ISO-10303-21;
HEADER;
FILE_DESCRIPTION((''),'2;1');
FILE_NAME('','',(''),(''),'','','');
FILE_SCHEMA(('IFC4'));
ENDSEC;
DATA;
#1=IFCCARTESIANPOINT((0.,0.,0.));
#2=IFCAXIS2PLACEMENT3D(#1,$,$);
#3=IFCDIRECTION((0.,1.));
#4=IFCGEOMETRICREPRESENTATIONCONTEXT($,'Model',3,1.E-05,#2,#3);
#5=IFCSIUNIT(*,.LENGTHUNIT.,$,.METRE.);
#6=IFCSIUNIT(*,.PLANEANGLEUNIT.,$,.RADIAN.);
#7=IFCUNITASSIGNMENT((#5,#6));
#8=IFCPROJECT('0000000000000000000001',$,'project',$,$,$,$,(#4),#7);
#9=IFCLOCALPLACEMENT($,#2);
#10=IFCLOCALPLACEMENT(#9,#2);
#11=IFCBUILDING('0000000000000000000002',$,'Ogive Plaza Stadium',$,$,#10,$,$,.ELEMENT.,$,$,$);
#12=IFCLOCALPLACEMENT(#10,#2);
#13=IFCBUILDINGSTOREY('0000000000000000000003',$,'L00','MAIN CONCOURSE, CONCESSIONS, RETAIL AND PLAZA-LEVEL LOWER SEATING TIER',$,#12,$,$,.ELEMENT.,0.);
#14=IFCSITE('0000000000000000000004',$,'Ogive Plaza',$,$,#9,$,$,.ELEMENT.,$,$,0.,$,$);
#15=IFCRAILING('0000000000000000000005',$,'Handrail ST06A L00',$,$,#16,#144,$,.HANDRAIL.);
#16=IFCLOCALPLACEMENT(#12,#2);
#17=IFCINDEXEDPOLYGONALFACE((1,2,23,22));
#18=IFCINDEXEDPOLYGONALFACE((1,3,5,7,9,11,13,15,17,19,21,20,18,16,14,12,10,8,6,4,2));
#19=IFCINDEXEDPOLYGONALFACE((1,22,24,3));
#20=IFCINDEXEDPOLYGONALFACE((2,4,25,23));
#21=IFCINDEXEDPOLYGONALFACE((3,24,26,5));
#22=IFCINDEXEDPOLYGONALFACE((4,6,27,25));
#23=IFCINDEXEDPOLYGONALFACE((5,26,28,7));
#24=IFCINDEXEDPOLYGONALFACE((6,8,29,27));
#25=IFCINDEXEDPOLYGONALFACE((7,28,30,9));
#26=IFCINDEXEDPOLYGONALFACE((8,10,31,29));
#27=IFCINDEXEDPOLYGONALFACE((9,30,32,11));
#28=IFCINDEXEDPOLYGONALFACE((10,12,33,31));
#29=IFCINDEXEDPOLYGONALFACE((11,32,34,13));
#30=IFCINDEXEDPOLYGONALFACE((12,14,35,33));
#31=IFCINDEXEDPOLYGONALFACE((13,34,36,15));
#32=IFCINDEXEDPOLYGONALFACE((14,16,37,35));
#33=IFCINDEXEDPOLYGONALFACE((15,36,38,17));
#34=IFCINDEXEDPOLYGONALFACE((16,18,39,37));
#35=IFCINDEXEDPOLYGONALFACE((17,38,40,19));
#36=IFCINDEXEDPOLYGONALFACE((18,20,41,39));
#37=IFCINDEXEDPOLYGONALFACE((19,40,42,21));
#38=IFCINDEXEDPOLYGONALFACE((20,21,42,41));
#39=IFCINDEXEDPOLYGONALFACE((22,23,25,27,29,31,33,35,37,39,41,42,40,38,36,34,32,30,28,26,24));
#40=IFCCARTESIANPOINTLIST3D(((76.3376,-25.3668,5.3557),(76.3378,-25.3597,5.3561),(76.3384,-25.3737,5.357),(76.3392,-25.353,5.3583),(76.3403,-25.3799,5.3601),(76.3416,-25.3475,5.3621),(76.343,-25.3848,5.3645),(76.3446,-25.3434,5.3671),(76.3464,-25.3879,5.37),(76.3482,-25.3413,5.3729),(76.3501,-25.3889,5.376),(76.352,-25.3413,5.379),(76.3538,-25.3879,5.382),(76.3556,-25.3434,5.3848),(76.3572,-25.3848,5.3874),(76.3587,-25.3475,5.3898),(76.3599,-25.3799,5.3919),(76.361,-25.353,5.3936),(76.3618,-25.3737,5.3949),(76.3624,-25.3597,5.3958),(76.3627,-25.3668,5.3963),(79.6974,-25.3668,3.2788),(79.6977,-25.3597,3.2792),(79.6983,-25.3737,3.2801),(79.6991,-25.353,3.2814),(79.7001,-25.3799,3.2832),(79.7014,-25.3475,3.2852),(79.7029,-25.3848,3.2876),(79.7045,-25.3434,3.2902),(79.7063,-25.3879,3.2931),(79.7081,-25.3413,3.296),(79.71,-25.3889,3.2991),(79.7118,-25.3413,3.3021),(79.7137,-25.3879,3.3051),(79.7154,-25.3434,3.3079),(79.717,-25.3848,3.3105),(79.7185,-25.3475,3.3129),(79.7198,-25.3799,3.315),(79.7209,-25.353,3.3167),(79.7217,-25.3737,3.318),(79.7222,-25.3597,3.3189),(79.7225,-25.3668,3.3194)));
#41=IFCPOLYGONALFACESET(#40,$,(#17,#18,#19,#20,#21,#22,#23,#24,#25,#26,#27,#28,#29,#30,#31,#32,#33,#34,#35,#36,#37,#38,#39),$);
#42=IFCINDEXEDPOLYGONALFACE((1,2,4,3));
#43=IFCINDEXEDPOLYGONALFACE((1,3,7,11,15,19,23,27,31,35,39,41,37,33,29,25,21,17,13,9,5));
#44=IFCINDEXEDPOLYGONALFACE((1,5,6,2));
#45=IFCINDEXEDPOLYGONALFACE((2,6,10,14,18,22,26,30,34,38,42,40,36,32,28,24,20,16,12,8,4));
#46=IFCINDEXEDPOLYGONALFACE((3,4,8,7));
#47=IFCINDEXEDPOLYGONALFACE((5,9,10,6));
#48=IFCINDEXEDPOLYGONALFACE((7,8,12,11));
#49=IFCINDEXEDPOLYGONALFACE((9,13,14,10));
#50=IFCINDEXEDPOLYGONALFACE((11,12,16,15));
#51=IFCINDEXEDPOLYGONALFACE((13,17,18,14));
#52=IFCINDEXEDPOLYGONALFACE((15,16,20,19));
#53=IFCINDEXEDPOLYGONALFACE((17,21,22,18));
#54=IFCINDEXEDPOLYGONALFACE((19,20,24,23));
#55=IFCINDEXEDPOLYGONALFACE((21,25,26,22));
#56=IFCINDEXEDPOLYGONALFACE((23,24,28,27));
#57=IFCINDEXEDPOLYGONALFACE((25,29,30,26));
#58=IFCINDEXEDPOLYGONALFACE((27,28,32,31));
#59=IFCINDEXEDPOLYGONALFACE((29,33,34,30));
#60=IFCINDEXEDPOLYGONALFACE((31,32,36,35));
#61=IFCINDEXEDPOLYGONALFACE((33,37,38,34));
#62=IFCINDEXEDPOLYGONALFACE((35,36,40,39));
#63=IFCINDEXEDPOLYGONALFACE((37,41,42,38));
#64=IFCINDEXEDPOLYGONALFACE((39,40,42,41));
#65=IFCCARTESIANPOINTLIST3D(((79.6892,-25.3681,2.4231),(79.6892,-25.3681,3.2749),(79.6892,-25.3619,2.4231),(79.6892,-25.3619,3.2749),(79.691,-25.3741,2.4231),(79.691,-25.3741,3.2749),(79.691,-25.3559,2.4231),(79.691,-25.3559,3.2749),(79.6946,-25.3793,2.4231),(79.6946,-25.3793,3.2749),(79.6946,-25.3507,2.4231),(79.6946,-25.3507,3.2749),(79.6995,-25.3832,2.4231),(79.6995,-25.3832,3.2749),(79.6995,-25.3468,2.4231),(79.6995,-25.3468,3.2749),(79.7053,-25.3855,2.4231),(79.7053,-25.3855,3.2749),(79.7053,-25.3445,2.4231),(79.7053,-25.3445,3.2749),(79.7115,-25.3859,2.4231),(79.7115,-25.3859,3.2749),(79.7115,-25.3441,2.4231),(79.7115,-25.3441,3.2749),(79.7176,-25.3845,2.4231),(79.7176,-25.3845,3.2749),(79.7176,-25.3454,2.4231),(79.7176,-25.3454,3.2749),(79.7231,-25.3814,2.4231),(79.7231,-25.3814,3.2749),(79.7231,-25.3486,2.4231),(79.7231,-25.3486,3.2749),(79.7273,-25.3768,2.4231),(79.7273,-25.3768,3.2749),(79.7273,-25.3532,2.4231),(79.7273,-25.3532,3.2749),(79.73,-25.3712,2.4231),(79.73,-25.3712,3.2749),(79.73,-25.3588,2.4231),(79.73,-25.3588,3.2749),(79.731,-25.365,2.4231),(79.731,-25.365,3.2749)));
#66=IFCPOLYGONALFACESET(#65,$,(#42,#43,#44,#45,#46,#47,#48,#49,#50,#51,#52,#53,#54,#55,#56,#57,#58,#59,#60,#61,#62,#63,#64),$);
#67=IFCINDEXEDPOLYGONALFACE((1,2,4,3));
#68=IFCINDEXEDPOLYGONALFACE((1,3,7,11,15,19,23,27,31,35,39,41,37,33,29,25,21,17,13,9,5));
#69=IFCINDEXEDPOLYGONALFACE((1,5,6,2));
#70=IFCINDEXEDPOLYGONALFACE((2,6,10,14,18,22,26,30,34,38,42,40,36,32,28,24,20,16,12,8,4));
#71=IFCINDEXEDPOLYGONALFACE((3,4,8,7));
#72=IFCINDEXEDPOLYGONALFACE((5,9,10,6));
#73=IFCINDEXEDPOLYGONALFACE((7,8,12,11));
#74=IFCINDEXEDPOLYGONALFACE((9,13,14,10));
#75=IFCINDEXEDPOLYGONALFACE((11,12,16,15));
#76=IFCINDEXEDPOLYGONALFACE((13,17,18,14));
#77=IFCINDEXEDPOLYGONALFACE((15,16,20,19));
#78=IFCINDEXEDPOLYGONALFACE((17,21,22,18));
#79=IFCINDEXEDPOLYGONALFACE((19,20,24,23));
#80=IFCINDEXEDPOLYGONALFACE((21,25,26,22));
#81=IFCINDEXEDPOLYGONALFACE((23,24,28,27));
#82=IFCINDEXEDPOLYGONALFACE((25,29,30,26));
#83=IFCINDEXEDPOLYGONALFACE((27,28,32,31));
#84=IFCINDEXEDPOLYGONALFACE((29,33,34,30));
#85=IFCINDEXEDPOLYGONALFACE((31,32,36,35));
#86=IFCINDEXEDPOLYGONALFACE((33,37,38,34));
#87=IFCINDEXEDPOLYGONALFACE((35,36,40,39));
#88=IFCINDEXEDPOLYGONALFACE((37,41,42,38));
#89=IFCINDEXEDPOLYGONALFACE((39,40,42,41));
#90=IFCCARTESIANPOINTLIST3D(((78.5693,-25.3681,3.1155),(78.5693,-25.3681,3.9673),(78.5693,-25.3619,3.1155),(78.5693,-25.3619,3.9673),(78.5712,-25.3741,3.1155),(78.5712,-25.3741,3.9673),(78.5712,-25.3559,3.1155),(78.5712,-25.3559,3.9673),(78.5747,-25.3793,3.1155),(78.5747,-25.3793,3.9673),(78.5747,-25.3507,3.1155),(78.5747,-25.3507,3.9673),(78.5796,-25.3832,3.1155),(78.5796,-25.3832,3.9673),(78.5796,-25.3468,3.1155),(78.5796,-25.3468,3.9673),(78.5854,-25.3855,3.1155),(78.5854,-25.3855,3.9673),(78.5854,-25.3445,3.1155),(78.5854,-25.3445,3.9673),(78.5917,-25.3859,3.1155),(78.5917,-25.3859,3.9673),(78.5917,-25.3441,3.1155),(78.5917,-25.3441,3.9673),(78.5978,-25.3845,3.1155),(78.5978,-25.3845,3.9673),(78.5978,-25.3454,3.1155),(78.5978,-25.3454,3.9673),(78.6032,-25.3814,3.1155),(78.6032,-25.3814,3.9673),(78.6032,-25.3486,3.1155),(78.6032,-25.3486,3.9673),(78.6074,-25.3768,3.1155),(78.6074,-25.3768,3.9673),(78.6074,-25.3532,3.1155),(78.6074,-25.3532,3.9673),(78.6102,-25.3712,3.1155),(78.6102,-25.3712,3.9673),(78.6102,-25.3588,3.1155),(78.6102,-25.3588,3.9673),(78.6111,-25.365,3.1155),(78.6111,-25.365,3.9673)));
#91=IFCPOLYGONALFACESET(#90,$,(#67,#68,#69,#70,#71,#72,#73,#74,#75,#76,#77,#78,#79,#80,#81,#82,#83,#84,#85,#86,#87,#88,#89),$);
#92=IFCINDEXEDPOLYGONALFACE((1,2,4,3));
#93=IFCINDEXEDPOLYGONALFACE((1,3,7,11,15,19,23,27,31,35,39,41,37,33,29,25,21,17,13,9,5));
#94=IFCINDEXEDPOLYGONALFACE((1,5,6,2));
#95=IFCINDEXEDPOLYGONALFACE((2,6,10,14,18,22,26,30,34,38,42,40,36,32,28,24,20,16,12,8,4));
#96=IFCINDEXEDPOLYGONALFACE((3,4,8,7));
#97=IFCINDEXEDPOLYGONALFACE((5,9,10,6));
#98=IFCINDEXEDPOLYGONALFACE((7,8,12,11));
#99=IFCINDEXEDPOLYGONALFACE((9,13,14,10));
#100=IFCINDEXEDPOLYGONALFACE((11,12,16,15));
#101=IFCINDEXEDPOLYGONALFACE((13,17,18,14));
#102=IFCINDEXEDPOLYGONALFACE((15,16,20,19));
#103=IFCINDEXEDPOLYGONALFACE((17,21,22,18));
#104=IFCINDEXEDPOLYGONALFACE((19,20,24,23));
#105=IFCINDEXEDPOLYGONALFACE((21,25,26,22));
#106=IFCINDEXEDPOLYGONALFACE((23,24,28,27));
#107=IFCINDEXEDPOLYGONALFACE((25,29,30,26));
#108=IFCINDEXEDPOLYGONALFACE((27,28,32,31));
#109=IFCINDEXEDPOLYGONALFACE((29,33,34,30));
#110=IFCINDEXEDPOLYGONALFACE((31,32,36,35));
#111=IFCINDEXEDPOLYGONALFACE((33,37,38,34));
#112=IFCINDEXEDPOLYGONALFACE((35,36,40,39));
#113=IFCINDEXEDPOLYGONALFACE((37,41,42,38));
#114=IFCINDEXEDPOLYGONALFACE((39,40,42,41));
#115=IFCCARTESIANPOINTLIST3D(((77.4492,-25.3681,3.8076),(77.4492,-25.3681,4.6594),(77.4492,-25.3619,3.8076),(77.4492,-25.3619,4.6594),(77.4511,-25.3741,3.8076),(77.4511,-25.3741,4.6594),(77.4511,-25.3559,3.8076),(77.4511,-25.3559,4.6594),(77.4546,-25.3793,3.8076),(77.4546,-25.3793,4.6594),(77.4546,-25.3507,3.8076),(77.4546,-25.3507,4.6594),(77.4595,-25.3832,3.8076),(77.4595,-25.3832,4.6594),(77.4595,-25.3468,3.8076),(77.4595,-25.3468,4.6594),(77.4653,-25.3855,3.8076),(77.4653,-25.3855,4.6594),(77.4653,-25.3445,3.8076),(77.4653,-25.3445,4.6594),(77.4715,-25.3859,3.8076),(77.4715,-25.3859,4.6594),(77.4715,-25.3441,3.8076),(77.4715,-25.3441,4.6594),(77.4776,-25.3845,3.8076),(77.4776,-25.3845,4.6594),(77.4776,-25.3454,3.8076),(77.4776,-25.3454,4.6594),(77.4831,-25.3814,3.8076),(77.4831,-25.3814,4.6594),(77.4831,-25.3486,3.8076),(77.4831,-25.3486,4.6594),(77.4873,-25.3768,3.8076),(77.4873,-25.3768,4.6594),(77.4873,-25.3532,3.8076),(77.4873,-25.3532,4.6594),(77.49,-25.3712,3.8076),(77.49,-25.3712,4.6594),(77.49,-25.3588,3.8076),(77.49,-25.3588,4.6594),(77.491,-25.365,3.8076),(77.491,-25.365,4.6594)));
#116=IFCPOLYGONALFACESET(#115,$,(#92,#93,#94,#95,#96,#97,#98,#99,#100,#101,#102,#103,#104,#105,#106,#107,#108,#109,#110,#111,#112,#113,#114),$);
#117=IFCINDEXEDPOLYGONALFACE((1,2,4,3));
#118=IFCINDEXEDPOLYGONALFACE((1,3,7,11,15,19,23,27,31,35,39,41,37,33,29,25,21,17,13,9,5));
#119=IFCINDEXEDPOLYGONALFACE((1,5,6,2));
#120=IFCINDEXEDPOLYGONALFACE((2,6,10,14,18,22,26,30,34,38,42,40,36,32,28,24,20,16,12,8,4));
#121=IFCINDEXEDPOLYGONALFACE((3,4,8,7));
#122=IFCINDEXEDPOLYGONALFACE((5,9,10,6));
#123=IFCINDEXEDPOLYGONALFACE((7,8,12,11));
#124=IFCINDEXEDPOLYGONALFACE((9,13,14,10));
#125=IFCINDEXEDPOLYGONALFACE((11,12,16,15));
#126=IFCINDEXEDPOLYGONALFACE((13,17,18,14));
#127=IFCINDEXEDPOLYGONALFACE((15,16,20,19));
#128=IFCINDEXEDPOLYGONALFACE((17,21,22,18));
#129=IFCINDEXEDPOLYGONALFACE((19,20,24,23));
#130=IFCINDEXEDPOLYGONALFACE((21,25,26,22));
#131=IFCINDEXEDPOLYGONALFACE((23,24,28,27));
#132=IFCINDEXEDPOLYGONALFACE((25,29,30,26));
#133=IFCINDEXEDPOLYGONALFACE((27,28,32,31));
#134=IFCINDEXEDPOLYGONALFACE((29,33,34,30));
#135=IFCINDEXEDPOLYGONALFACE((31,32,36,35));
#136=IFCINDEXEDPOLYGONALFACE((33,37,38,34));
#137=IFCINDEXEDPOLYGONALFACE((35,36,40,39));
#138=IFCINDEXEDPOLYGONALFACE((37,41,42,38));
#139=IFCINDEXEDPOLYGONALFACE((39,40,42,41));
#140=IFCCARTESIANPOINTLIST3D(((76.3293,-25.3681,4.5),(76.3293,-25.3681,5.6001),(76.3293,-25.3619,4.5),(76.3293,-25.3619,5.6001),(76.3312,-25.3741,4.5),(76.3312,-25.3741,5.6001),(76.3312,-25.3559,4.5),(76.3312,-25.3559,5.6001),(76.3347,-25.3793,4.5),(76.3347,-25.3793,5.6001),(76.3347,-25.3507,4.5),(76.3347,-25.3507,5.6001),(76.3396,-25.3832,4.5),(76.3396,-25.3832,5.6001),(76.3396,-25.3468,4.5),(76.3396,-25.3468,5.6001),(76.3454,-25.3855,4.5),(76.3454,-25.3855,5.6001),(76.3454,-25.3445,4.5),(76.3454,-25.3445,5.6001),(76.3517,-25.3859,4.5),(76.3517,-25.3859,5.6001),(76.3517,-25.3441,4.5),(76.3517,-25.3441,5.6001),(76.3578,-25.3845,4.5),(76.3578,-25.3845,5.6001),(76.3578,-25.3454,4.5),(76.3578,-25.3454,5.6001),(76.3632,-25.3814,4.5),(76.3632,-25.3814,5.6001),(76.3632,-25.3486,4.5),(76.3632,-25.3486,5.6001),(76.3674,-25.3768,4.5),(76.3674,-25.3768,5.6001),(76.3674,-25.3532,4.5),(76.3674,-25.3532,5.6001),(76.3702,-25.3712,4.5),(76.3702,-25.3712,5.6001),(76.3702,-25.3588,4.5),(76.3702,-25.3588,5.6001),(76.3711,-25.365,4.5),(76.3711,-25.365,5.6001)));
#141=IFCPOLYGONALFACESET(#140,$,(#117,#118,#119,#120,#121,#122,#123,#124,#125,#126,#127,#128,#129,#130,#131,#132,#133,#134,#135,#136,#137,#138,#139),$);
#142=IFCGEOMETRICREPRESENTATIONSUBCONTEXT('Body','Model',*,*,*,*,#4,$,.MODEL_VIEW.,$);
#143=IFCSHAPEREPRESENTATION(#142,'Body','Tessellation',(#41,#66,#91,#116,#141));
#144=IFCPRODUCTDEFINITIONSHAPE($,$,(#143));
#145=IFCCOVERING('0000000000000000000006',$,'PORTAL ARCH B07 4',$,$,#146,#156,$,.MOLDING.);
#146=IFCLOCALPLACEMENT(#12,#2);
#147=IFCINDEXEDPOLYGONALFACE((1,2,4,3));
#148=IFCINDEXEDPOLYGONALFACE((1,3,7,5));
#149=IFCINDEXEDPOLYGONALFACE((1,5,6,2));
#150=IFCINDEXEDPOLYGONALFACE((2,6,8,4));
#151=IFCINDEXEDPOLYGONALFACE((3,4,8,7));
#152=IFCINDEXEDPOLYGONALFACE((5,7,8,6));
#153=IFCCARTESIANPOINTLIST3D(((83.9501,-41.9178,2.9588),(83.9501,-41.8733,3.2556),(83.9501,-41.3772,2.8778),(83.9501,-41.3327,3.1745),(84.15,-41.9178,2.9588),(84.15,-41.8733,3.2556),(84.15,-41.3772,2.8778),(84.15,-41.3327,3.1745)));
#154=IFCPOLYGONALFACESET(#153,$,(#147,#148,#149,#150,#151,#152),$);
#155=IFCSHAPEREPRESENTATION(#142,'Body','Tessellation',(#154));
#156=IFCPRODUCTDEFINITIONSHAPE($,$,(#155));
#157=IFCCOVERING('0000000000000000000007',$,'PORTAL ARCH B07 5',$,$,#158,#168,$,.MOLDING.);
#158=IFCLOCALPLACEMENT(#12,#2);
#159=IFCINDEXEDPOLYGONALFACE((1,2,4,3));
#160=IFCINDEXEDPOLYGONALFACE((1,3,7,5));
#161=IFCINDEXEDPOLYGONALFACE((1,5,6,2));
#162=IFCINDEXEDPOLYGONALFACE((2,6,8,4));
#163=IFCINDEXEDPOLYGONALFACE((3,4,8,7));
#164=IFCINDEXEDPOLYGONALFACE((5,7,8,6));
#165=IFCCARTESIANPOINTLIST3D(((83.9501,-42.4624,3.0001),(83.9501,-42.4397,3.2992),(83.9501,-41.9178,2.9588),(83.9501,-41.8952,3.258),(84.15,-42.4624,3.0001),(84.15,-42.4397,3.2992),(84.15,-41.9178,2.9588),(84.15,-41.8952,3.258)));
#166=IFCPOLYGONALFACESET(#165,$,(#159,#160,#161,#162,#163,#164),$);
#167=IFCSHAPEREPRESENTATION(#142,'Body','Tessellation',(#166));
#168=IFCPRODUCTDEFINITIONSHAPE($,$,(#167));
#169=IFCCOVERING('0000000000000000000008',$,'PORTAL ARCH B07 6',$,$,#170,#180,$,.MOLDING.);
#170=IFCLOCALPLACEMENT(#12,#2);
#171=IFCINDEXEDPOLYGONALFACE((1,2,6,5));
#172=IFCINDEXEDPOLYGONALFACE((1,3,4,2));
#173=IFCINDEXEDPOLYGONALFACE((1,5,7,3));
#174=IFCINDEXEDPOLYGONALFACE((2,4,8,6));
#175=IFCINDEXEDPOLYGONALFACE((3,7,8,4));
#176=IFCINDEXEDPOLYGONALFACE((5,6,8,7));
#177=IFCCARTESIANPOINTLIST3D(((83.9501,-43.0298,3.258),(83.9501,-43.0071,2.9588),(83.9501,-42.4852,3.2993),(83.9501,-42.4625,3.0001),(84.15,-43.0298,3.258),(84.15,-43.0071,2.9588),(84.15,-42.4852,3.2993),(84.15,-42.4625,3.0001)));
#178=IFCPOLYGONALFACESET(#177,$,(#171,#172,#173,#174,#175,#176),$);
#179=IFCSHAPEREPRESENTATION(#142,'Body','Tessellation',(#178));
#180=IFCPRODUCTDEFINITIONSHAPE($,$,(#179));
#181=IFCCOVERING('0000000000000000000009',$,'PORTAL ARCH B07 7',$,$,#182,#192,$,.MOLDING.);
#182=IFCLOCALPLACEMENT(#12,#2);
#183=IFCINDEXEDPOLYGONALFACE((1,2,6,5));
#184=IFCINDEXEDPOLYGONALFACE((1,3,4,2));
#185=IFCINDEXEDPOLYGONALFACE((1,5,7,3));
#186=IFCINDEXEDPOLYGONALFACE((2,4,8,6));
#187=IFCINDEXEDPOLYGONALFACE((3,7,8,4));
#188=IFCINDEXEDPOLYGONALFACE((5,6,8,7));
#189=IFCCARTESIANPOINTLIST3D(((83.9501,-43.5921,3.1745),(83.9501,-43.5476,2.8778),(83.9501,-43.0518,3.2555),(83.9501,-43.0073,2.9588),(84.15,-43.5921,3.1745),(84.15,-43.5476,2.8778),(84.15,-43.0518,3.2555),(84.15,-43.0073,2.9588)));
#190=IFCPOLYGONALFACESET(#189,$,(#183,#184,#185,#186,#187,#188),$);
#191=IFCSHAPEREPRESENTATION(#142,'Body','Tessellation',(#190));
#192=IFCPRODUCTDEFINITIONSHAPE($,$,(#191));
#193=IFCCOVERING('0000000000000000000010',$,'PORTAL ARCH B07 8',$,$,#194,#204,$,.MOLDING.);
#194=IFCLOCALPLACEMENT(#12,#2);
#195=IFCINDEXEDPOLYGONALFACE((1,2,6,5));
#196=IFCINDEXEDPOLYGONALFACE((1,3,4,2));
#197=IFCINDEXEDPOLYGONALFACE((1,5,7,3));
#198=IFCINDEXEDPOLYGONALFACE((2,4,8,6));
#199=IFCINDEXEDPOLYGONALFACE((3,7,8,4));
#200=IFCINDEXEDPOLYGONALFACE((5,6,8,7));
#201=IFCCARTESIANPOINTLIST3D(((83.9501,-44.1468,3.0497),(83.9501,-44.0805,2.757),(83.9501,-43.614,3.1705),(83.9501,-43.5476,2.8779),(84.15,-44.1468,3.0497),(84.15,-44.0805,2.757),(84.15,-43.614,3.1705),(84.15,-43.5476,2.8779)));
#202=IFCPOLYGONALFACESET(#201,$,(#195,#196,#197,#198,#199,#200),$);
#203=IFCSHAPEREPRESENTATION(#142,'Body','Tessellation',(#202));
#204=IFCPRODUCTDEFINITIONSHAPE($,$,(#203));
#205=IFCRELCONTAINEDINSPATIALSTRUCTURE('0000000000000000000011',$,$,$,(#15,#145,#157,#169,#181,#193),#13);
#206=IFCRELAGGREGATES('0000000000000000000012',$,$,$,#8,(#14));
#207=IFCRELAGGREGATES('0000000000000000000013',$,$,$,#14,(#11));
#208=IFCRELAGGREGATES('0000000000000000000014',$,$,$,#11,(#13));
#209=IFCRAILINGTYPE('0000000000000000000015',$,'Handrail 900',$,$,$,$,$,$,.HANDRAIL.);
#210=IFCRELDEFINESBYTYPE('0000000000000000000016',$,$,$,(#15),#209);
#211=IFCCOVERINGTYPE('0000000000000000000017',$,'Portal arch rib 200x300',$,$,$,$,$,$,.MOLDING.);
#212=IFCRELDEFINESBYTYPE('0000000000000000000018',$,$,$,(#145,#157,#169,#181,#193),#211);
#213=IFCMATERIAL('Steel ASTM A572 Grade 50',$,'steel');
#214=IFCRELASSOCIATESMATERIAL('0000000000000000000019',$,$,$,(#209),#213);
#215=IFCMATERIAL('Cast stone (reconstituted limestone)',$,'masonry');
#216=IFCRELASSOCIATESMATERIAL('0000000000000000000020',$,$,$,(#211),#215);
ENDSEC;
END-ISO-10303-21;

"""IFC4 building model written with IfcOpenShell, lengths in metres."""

from ifc_helpers import new_model, si_unit, direction, frame, origin, origin_2d, place, context, subcontext, project, spatial, rectangle, circle, extrude, material, material_profile, profile_set, type_object, element, save


model = new_model("IFC4")

# Units and contexts
model_context = context("Model", 3, precision=1e-05, world=origin(), true_north=direction((0.0, 1.0)))
body_context = subcontext(model_context, "Body", "Model", "MODEL_VIEW")
ifc_project = project(units=[si_unit("LENGTHUNIT", "METRE"), si_unit("PLANEANGLEUNIT", "RADIAN")], contexts=[model_context])

# Site, building, storey
site_placement = place(None, origin())
site = spatial("IfcSite", under=ifc_project, at=site_placement, Name="Ogive Plaza", CompositionType="ELEMENT", RefElevation=0.0)
building_placement = place(site_placement, origin())
building = spatial("IfcBuilding", under=site, at=building_placement, Name="Ogive Plaza Stadium", CompositionType="ELEMENT")
storey_placement = place(building_placement, origin())
storey = spatial("IfcBuildingStorey", under=building, at=storey_placement, Name="L00", Description="MAIN CONCOURSE, CONCESSIONS, RETAIL AND PLAZA-LEVEL LOWER SEATING TIER", CompositionType="ELEMENT", Elevation=0.0)

# Railing
ifc_material_1 = material(Name="Steel ASTM A572 Grade 50", Category="steel")
railing_type_1 = type_object("IfcRailingType", Name="Handrail 900", PredefinedType="HANDRAIL", material=ifc_material_1)
railing_placement = place(storey_placement, frame((79.71, -25.365, 2.4231)))
element("IfcRailing", 1, at=railing_placement, inside=storey, type_object=railing_type_1, Name="Handrail ST06A L00", PredefinedType="HANDRAIL", context=body_context, shape_type="SweptSolid", body=[
    extrude(circle(Radius=0.0239, at=origin_2d()), frame((0.0, 0.0, 0.876), z_axis=(-0.850606, 0.0, 0.525803), x_axis=(0.0, -1.0, 0.0)), (0.0, 0.0, 1.0), 3.95),
    extrude(circle(Radius=0.021, at=origin_2d()), origin(), (0.0, 0.0, 1.0), 0.8518),
    extrude(circle(Radius=0.021, at=origin_2d()), frame((-1.1199, 0.0, 0.6924)), (0.0, 0.0, 1.0), 0.8518),
    extrude(circle(Radius=0.021, at=origin_2d()), frame((-2.24, 0.0, 1.3845)), (0.0, 0.0, 1.0), 0.8518),
    extrude(circle(Radius=0.021, at=origin_2d()), frame((-3.3599, 0.0, 2.0769)), (0.0, 0.0, 1.0), 1.1001),
])

# Coverings
ifc_material_2 = material(Name="Cast stone (reconstituted limestone)", Category="masonry")
ifc_material_profile_1 = material_profile(ifc_material_2, rectangle(XDim=0.2, YDim=0.3, at=origin_2d()), Name="Cast stone 200x300")
ifc_profile_set_1 = profile_set([ifc_material_profile_1], Name="Cast stone (reconstituted limestone)")
covering_type = type_object("IfcCoveringType", Name="Portal arch rib 200x300", PredefinedType="MOLDING", material=ifc_profile_set_1)
covering_1_placement = place(storey_placement, frame((84.05, -41.355, 3.0261), z_axis=(0.0, -0.988943, 0.148297), x_axis=(1.0, 0.0, 0.0)))
element("IfcCovering", 2, at=covering_1_placement, inside=storey, type_object=covering_type, Name="PORTAL ARCH B07 4", PredefinedType="MOLDING", context=body_context, shape_type="SweptSolid", body=[
    extrude(rectangle(XDim=0.2, YDim=0.3, at=origin_2d()), origin(), (0.0, 0.0, 1.0), 0.5466),
])
for number, where, z_axis, x_axis, name in (
    (3, (84.05, -41.9065, 3.1084), (0.0, -0.997143, 0.075534), (1.0, 0.0, 0.0), "PORTAL ARCH B07 5"),
    (4, (84.05, -42.4739, 3.1497), (0.0, -0.997143, -0.075534), (1.0, 0.0, 0.0), "PORTAL ARCH B07 6"),
):
    element("IfcCovering", number, at=place(storey_placement, frame(where, z_axis=z_axis, x_axis=x_axis)), inside=storey, type_object=covering_type, Name=name, PredefinedType="MOLDING", context=body_context, shape_type="SweptSolid", body=[
        extrude(rectangle(XDim=0.2, YDim=0.3, at=origin_2d()), origin(), (0.0, 0.0, 1.0), 0.5461),
    ])
for number, where, z_axis, x_axis, name in (
    (5, (84.05, -43.0295, 3.1072), (0.0, -0.988933, -0.148362), (1.0, 0.0, 0.0), "PORTAL ARCH B07 7"),
    (6, (84.05, -43.5808, 3.0242), (0.0, -0.975242, -0.221138), (1.0, 0.0, 0.0), "PORTAL ARCH B07 8"),
):
    element("IfcCovering", number, at=place(storey_placement, frame(where, z_axis=z_axis, x_axis=x_axis)), inside=storey, type_object=covering_type, Name=name, PredefinedType="MOLDING", context=body_context, shape_type="SweptSolid", body=[
        extrude(rectangle(XDim=0.2, YDim=0.3, at=origin_2d()), origin(), (0.0, 0.0, 1.0), 0.5464),
    ])

save(model, "model.ifc")
